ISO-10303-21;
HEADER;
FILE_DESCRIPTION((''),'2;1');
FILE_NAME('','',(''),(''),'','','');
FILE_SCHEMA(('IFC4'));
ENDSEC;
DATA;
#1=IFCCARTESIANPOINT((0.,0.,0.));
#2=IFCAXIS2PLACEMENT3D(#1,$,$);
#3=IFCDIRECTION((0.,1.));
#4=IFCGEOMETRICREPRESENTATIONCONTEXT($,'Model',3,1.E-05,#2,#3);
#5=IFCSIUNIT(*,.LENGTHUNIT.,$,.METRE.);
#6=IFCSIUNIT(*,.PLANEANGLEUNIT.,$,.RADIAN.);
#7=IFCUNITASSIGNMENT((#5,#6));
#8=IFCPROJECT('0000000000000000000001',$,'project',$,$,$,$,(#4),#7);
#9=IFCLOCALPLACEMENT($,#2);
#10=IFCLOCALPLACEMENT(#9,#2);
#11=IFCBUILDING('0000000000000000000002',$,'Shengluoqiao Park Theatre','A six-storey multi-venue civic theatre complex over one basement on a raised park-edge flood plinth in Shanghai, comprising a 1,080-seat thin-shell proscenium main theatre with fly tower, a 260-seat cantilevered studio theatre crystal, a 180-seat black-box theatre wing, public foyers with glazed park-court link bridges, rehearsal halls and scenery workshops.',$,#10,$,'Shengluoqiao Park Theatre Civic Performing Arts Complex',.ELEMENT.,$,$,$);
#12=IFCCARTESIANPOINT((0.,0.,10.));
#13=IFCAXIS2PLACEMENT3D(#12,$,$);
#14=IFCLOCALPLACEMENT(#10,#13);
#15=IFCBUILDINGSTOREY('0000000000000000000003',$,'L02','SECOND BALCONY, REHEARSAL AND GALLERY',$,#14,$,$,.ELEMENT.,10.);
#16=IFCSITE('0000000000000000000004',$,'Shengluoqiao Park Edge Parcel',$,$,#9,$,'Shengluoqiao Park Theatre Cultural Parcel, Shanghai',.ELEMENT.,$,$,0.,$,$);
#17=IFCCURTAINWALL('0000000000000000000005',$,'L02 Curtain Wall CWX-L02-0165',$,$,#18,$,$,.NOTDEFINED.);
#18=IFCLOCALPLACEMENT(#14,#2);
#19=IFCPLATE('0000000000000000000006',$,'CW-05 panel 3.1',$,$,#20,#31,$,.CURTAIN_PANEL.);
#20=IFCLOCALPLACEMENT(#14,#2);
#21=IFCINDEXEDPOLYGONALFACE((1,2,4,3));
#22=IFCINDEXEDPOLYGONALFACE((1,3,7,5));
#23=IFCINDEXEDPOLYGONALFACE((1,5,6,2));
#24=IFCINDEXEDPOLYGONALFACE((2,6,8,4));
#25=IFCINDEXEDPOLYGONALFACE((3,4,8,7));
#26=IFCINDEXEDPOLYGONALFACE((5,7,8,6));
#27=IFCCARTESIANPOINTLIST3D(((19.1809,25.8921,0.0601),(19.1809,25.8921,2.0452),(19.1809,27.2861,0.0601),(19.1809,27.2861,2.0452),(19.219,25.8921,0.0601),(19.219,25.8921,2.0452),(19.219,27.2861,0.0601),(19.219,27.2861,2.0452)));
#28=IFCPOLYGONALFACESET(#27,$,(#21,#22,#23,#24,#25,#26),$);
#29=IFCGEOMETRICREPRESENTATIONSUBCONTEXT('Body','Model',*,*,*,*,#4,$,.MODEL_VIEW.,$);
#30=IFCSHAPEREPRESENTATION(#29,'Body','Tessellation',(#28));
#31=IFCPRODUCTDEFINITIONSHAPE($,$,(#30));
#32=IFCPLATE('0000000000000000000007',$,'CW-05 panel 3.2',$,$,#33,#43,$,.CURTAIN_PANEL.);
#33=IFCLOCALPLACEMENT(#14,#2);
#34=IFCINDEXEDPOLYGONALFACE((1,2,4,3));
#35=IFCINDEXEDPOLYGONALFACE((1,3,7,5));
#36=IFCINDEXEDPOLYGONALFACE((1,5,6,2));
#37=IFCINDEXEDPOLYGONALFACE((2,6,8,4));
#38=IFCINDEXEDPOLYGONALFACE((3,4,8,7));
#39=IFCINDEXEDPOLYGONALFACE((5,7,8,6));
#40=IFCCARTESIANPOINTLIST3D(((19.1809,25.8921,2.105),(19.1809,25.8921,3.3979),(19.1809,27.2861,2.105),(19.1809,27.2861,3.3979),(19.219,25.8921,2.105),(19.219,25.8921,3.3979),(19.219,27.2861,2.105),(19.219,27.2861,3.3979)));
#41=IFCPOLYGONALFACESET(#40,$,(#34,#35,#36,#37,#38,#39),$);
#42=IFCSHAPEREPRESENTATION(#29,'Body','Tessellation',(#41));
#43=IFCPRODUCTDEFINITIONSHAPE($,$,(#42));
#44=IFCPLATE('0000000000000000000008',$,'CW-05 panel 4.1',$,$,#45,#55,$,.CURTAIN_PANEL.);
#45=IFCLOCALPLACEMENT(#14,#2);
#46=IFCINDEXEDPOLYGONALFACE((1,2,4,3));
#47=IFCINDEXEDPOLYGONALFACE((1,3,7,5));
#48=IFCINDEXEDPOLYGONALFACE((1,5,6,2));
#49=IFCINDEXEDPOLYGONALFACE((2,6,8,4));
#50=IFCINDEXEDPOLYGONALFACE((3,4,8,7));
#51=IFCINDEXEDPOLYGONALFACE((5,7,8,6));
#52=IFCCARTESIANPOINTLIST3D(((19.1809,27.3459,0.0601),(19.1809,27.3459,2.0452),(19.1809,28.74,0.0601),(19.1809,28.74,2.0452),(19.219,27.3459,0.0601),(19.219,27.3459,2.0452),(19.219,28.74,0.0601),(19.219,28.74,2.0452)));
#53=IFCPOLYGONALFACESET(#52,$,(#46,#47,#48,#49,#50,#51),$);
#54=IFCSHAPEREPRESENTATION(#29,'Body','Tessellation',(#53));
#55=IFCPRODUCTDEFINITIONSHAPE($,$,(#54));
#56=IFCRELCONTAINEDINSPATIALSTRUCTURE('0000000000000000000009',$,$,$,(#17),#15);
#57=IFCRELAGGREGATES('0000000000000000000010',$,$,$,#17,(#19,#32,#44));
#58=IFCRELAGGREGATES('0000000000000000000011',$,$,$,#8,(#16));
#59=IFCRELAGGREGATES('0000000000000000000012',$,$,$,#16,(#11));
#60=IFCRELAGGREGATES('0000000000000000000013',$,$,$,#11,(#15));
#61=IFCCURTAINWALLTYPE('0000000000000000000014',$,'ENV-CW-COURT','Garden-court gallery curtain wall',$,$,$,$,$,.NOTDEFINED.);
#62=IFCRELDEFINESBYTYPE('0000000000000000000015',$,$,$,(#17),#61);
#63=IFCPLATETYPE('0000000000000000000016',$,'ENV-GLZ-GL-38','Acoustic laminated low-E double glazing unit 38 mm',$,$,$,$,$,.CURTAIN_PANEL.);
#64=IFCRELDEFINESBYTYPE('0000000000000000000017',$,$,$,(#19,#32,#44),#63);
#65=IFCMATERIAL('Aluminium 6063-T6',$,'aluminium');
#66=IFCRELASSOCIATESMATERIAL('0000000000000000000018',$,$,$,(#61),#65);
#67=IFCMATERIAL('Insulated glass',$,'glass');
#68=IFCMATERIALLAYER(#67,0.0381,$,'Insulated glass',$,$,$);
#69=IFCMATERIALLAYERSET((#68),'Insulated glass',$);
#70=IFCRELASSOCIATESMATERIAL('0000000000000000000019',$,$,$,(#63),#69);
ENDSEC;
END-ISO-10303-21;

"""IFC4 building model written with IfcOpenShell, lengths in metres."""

from ifc_helpers import new_model, si_unit, direction, frame, origin, origin_2d, place, context, subcontext, project, spatial, rectangle, extrude, material, layer, layer_set, type_object, element, aggregate, save


model = new_model("IFC4")

# Units and contexts
model_context = context("Model", 3, precision=1e-05, world=origin(), true_north=direction((0.0, 1.0)))
body_context = subcontext(model_context, "Body", "Model", "MODEL_VIEW")
ifc_project = project(units=[si_unit("LENGTHUNIT", "METRE"), si_unit("PLANEANGLEUNIT", "RADIAN")], contexts=[model_context])

# Site, building, storey
site_placement = place(None, origin())
site = spatial("IfcSite", under=ifc_project, at=site_placement, Name="Shengluoqiao Park Edge Parcel", LongName="Shengluoqiao Park Theatre Cultural Parcel, Shanghai", CompositionType="ELEMENT", RefElevation=0.0)
building_placement = place(site_placement, origin())
building = spatial("IfcBuilding", under=site, at=building_placement, Name="Shengluoqiao Park Theatre", Description="A six-storey multi-venue civic theatre complex over one basement on a raised park-edge flood plinth in Shanghai, comprising a 1,080-seat thin-shell proscenium main theatre with fly tower, a 260-seat cantilevered studio theatre crystal, a 180-seat black-box theatre wing, public foyers with glazed park-court link bridges, rehearsal halls and scenery workshops.", LongName="Shengluoqiao Park Theatre Civic Performing Arts Complex", CompositionType="ELEMENT")
storey_placement = place(building_placement, frame((0.0, 0.0, 10.0)))
storey = spatial("IfcBuildingStorey", under=building, at=storey_placement, Name="L02", Description="SECOND BALCONY, REHEARSAL AND GALLERY", CompositionType="ELEMENT", Elevation=10.0)

# Shared definitions
ifc_material_1 = material(Name="Aluminium 6063-T6", Category="aluminium")

# Curtain wall, plates
curtain_wall_type_1 = type_object("IfcCurtainWallType", Name="ENV-CW-COURT", Description="Garden-court gallery curtain wall", PredefinedType="NOTDEFINED", material=ifc_material_1)
curtain_wall_1_placement = place(storey_placement, origin())
curtain_wall_1 = element("IfcCurtainWall", 1, at=curtain_wall_1_placement, inside=storey, type_object=curtain_wall_type_1, Name="L02 Curtain Wall CWX-L02-0165", PredefinedType="NOTDEFINED")
ifc_material_2 = material(Name="Insulated glass", Category="glass")
ifc_layer = layer(ifc_material_2, 0.0381, Name="Insulated glass")
ifc_layer_set = layer_set([ifc_layer], Name="Insulated glass")
plate_type = type_object("IfcPlateType", Name="ENV-GLZ-GL-38", Description="Acoustic laminated low-E double glazing unit 38 mm", PredefinedType="CURTAIN_PANEL", material=ifc_layer_set)
plate_1_placement = place(storey_placement, frame((19.2, 26.5891, 0.0601), z_axis=(0.0, 0.0, 1.0), x_axis=(0.0, 1.0, 0.0)))
plate_1 = element("IfcPlate", 2, at=plate_1_placement, type_object=plate_type, Name="CW-05 panel 3.1", PredefinedType="CURTAIN_PANEL", context=body_context, shape_type="SweptSolid", body=[
    extrude(rectangle(XDim=1.394, YDim=0.0381, at=origin_2d()), origin(), (0.0, 0.0, 1.0), 1.9851),
])
plate_2_placement = place(storey_placement, frame((19.2, 26.5891, 2.105), z_axis=(0.0, 0.0, 1.0), x_axis=(0.0, 1.0, 0.0)))
plate_2 = element("IfcPlate", 3, at=plate_2_placement, type_object=plate_type, Name="CW-05 panel 3.2", PredefinedType="CURTAIN_PANEL", context=body_context, shape_type="SweptSolid", body=[
    extrude(rectangle(XDim=1.394, YDim=0.0381, at=origin_2d()), origin(), (0.0, 0.0, 1.0), 1.293),
])
plate_3_placement = place(storey_placement, frame((19.2, 28.043, 0.0601), z_axis=(0.0, 0.0, 1.0), x_axis=(0.0, 1.0, 0.0)))
plate_3 = element("IfcPlate", 4, at=plate_3_placement, type_object=plate_type, Name="CW-05 panel 4.1", PredefinedType="CURTAIN_PANEL", context=body_context, shape_type="SweptSolid", body=[
    extrude(rectangle(XDim=1.394, YDim=0.0381, at=origin_2d()), origin(), (0.0, 0.0, 1.0), 1.9851),
])
aggregate(curtain_wall_1, [plate_1, plate_2, plate_3])

save(model, "model.ifc")
